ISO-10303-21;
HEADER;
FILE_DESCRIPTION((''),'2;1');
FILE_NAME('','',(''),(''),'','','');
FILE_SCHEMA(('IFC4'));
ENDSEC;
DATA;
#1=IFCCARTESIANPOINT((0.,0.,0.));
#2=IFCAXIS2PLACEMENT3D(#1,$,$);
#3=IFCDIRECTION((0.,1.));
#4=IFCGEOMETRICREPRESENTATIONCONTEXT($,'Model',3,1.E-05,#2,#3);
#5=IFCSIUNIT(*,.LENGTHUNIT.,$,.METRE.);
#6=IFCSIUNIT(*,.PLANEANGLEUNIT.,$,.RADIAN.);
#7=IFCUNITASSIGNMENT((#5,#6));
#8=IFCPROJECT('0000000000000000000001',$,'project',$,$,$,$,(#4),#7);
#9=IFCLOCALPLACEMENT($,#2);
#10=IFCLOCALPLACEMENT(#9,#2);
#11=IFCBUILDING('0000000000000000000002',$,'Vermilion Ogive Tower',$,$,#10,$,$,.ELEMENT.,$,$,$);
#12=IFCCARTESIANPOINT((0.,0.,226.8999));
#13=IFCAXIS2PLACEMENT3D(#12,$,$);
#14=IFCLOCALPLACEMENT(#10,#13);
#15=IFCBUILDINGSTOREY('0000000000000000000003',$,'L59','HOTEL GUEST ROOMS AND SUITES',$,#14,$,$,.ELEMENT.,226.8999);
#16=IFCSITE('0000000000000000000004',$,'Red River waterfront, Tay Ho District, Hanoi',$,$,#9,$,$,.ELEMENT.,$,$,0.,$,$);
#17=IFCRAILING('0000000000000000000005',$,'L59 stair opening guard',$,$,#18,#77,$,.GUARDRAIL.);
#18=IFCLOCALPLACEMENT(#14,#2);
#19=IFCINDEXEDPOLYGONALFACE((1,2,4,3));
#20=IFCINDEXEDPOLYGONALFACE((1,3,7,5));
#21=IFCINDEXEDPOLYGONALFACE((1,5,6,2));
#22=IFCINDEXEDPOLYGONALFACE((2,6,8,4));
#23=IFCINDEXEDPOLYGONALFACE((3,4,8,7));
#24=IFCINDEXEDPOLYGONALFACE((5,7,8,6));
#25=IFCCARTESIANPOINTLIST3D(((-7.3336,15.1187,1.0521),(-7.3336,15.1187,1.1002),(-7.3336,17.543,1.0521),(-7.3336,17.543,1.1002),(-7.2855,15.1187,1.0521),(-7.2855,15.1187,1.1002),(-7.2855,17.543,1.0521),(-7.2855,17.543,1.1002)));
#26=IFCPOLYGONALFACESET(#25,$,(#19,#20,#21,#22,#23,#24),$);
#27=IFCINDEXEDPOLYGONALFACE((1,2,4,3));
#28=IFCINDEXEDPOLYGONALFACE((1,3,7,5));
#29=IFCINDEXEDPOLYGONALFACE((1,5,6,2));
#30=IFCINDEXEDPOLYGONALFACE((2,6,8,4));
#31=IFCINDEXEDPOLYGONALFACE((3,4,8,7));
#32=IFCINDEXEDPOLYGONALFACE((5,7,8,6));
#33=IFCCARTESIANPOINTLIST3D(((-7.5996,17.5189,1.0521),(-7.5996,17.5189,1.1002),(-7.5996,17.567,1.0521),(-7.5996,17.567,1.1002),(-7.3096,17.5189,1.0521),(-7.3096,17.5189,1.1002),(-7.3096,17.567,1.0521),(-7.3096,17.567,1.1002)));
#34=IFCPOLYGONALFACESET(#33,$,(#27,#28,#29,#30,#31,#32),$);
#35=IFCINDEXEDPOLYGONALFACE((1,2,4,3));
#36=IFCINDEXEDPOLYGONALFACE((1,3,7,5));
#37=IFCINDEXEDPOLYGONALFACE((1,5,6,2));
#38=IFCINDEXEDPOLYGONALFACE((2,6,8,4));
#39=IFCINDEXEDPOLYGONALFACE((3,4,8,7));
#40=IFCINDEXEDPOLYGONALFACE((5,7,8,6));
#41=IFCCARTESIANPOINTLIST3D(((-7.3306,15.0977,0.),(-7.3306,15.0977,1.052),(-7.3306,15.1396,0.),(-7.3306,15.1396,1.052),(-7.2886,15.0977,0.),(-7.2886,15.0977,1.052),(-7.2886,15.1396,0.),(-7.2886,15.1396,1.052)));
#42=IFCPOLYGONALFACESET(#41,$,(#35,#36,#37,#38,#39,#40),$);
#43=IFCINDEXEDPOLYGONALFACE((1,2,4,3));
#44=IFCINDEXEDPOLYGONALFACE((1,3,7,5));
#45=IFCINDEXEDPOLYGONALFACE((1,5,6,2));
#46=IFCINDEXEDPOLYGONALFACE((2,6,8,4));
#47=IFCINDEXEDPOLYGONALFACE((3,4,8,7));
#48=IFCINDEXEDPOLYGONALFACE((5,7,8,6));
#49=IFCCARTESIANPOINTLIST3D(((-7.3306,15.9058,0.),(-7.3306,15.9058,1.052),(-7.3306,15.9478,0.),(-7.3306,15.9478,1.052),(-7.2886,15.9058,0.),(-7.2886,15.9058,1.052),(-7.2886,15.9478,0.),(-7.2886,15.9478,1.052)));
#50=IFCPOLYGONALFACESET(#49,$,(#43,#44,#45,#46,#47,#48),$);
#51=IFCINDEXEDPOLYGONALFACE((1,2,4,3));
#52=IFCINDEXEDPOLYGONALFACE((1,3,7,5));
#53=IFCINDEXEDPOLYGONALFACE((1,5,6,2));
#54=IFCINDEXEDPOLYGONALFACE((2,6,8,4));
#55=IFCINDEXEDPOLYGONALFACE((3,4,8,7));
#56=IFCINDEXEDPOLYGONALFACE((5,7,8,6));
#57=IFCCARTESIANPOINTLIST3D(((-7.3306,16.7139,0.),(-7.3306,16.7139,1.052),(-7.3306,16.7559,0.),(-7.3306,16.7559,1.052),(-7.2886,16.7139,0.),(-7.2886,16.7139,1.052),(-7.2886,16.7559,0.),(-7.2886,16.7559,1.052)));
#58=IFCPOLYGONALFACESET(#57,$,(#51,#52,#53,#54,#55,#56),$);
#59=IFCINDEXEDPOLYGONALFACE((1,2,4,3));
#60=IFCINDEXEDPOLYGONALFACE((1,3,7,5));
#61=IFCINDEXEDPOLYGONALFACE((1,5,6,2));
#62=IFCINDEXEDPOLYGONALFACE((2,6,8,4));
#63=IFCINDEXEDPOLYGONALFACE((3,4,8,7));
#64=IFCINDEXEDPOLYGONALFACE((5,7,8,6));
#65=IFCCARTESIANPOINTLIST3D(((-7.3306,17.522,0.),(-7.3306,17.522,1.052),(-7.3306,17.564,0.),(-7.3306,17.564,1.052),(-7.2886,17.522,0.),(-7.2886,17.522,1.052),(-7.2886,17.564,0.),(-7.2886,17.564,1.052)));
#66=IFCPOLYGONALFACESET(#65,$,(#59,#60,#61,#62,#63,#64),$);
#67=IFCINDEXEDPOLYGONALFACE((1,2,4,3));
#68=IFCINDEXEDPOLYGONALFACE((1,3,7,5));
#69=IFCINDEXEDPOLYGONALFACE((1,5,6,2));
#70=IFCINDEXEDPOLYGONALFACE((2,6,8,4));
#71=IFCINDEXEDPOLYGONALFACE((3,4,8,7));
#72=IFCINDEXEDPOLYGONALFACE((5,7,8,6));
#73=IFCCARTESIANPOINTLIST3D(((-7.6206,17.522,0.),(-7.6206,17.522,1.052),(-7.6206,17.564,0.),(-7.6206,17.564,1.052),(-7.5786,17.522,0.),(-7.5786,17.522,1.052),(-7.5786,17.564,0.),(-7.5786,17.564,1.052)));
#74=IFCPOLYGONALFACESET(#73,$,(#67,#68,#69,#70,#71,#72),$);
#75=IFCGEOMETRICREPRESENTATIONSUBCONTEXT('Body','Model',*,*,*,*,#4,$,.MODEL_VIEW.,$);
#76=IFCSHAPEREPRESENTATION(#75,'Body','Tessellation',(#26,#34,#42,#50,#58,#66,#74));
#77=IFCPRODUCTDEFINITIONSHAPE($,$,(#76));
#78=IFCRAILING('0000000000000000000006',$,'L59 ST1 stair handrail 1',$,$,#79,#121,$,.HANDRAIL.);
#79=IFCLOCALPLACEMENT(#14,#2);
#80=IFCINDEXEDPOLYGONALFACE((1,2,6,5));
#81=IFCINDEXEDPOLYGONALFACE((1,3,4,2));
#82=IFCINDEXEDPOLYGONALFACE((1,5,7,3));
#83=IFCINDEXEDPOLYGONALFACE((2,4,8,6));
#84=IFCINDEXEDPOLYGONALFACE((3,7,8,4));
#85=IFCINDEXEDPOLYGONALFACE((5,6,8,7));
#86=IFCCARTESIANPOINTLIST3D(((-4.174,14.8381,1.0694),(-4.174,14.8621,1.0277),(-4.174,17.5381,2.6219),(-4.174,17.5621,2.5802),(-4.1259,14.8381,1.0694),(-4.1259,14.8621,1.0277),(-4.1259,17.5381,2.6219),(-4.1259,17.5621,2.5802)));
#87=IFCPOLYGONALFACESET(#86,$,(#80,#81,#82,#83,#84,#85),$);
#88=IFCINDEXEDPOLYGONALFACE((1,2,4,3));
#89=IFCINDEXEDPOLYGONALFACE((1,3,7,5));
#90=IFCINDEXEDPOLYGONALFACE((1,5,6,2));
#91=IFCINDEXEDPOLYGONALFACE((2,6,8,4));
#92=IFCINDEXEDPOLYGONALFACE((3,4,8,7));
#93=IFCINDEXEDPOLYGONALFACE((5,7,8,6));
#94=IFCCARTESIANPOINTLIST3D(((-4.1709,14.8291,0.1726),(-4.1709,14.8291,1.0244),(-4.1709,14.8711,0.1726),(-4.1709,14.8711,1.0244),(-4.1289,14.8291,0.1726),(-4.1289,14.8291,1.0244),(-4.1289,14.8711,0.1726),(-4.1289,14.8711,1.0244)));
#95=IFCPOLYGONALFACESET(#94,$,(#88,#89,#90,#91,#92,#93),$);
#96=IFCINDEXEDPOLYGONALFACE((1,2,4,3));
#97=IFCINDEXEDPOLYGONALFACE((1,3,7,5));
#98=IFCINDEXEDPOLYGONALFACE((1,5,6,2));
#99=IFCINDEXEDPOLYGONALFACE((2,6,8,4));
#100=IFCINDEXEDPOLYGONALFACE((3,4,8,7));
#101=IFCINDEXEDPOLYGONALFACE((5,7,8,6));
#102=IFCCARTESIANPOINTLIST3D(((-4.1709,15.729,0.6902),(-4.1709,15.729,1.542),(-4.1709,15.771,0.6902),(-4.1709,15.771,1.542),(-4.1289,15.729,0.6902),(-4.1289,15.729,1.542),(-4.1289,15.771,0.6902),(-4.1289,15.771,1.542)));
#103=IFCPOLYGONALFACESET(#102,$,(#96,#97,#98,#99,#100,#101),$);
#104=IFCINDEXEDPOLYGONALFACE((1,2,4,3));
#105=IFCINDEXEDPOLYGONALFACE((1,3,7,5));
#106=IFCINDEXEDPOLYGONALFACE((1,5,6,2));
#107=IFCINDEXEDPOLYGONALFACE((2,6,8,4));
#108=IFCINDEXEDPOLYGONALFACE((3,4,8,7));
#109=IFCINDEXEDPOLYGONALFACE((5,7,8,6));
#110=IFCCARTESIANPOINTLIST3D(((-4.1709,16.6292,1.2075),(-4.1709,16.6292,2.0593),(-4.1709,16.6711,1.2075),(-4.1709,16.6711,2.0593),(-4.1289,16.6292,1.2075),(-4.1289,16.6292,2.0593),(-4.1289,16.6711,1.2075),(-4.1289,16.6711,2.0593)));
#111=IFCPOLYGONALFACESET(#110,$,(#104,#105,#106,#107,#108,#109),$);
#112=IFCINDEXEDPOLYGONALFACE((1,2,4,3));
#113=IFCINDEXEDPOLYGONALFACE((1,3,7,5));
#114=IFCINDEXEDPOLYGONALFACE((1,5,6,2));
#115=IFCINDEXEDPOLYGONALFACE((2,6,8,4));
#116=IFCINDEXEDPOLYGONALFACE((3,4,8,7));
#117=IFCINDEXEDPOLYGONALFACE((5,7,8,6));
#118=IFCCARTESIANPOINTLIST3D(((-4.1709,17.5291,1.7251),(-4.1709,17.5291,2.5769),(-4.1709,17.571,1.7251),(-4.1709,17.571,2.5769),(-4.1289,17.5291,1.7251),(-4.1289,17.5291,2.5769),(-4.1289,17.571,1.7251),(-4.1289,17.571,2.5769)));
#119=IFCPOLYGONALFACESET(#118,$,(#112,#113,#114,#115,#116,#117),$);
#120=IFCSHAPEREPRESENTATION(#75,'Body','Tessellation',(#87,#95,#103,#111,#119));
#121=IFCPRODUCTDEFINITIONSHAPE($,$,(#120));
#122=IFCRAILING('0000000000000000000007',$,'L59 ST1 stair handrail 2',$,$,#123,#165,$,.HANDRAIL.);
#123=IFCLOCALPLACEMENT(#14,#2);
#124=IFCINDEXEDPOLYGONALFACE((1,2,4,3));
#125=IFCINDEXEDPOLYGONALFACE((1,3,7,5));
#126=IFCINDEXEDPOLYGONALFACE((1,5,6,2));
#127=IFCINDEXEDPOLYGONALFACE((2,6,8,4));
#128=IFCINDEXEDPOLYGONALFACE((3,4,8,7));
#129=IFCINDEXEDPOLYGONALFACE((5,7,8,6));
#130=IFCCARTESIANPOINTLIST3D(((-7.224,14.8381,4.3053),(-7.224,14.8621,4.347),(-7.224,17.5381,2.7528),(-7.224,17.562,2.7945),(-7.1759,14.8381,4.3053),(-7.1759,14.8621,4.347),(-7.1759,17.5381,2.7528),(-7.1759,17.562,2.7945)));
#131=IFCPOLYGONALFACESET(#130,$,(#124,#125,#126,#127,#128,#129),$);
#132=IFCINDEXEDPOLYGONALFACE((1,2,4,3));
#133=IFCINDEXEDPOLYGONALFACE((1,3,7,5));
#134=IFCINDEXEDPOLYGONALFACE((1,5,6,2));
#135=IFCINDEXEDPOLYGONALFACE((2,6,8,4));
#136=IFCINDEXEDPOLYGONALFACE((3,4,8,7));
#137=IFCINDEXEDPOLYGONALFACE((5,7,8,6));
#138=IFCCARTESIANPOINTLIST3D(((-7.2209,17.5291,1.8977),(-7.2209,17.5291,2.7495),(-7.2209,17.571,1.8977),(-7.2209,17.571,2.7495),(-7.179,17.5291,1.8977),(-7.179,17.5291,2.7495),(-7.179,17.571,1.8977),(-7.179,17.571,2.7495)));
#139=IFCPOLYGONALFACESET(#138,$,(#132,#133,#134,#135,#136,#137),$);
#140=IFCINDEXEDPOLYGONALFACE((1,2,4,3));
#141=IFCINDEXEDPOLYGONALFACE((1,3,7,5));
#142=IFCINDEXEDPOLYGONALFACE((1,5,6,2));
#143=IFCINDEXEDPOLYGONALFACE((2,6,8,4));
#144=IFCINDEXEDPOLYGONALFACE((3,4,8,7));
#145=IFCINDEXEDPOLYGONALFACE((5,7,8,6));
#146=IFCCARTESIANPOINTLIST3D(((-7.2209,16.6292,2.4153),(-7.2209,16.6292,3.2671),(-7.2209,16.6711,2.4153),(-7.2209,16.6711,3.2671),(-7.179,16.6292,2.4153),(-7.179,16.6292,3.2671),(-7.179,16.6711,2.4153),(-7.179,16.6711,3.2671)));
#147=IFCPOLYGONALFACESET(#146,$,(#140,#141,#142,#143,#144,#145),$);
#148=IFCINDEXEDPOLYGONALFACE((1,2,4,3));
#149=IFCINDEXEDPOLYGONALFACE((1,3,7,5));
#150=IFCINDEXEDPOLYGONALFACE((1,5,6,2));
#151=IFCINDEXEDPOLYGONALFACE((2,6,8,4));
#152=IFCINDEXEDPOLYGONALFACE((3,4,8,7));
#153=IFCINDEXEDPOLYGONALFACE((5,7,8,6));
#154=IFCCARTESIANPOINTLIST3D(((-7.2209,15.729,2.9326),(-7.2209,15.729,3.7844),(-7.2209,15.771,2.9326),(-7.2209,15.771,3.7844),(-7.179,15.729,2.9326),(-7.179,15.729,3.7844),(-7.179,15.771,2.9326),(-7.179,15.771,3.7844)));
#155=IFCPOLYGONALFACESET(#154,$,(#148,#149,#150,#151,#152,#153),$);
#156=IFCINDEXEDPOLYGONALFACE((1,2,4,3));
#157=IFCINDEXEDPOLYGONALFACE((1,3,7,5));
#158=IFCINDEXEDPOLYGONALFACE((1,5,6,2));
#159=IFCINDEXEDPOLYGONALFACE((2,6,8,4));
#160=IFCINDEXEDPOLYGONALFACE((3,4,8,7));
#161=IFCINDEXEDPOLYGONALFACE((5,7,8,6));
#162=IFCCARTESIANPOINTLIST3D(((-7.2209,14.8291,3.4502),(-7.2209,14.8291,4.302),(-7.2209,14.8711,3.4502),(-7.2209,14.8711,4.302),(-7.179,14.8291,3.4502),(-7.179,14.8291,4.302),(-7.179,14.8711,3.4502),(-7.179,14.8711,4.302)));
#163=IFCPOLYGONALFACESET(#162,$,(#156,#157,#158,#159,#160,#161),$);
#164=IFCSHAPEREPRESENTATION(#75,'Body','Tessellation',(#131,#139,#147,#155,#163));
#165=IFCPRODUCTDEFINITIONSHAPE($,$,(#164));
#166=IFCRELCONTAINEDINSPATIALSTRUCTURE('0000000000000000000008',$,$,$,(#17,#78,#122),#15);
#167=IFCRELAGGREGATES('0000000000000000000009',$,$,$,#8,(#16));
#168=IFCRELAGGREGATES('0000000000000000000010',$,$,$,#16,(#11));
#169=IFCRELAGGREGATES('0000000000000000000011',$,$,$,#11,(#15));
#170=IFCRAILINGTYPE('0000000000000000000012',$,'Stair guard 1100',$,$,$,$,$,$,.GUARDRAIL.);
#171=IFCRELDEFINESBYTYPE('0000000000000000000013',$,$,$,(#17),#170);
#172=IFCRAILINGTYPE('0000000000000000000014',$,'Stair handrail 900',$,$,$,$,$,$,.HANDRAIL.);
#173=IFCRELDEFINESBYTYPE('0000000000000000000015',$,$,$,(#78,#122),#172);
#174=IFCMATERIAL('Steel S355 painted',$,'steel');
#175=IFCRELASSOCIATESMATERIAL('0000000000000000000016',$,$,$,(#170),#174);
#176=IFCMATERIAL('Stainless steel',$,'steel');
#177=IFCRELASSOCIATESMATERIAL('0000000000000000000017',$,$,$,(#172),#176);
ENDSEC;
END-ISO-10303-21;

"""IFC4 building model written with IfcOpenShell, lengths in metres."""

from ifc_helpers import new_model, si_unit, direction, frame, origin, origin_2d, place, context, subcontext, project, spatial, rectangle, extrude, material, type_object, element, save


model = new_model("IFC4")

# Units and contexts
model_context = context("Model", 3, precision=1e-05, world=origin(), true_north=direction((0.0, 1.0)))
body_context = subcontext(model_context, "Body", "Model", "MODEL_VIEW")
ifc_project = project(units=[si_unit("LENGTHUNIT", "METRE"), si_unit("PLANEANGLEUNIT", "RADIAN")], contexts=[model_context])

# Site, building, storey
site_placement = place(None, origin())
site = spatial("IfcSite", under=ifc_project, at=site_placement, Name="Red River waterfront, Tay Ho District, Hanoi", CompositionType="ELEMENT", RefElevation=0.0)
building_placement = place(site_placement, origin())
building = spatial("IfcBuilding", under=site, at=building_placement, Name="Vermilion Ogive Tower", CompositionType="ELEMENT")
storey_placement = place(building_placement, frame((0.0, 0.0, 226.8999)))
storey = spatial("IfcBuildingStorey", under=building, at=storey_placement, Name="L59", Description="HOTEL GUEST ROOMS AND SUITES", CompositionType="ELEMENT", Elevation=226.8999)

# Railings
ifc_material_1 = material(Name="Steel S355 painted", Category="steel")
railing_type_1 = type_object("IfcRailingType", Name="Stair guard 1100", PredefinedType="GUARDRAIL", material=ifc_material_1)
railing_1_placement = place(storey_placement, frame((-7.3096, 15.1187, 0.0)))
element("IfcRailing", 1, at=railing_1_placement, inside=storey, type_object=railing_type_1, Name="L59 stair opening guard", PredefinedType="GUARDRAIL", context=body_context, shape_type="SweptSolid", body=[
    extrude(rectangle(XDim=0.0481, YDim=0.0481, at=origin_2d()), frame((0.0, 0.0, 1.0762), z_axis=(0.0, 1.0, 0.0), x_axis=(-1.0, 0.0, 0.0)), (0.0, 0.0, 1.0), 2.4243),
    extrude(rectangle(XDim=0.0481, YDim=0.0481, at=origin_2d()), frame((0.0, 2.4243, 1.0762), z_axis=(-1.0, 0.0, 0.0), x_axis=(0.0, -1.0, 0.0)), (0.0, 0.0, 1.0), 0.29),
    extrude(rectangle(XDim=0.042, YDim=0.042, at=origin_2d()), origin(), (0.0, 0.0, 1.0), 1.052),
    extrude(rectangle(XDim=0.042, YDim=0.042, at=origin_2d()), frame((0.0, 0.8081, 0.0)), (0.0, 0.0, 1.0), 1.052),
    extrude(rectangle(XDim=0.042, YDim=0.042, at=origin_2d()), frame((0.0, 1.6162, 0.0)), (0.0, 0.0, 1.0), 1.052),
    extrude(rectangle(XDim=0.042, YDim=0.042, at=origin_2d()), frame((0.0, 2.4243, 0.0)), (0.0, 0.0, 1.0), 1.052),
    extrude(rectangle(XDim=0.042, YDim=0.042, at=origin_2d()), frame((-0.29, 2.4243, 0.0)), (0.0, 0.0, 1.0), 1.052),
])
ifc_material_2 = material(Name="Stainless steel", Category="steel")
railing_type_2 = type_object("IfcRailingType", Name="Stair handrail 900", PredefinedType="HANDRAIL", material=ifc_material_2)
railing_2_placement = place(storey_placement, frame((-4.1499, 14.8501, 0.1726)))
element("IfcRailing", 2, at=railing_2_placement, inside=storey, type_object=railing_type_2, Name="L59 ST1 stair handrail 1", PredefinedType="HANDRAIL", context=body_context, shape_type="SweptSolid", body=[
    extrude(rectangle(XDim=0.0481, YDim=0.0481, at=origin_2d()), frame((0.0, 0.0, 0.876), z_axis=(0.0, 0.866904, 0.498476), x_axis=(-1.0, 0.0, 0.0)), (0.0, 0.0, 1.0), 3.1145),
    extrude(rectangle(XDim=0.042, YDim=0.042, at=origin_2d()), origin(), (0.0, 0.0, 1.0), 0.8518),
    extrude(rectangle(XDim=0.042, YDim=0.042, at=origin_2d()), frame((0.0, 0.8999, 0.5176)), (0.0, 0.0, 1.0), 0.8518),
    extrude(rectangle(XDim=0.042, YDim=0.042, at=origin_2d()), frame((0.0, 1.8, 1.0349)), (0.0, 0.0, 1.0), 0.8518),
    extrude(rectangle(XDim=0.042, YDim=0.042, at=origin_2d()), frame((0.0, 2.7, 1.5525)), (0.0, 0.0, 1.0), 0.8518),
])
railing_3_placement = place(storey_placement, frame((-7.2, 17.55, 1.8977)))
element("IfcRailing", 3, at=railing_3_placement, inside=storey, type_object=railing_type_2, Name="L59 ST1 stair handrail 2", PredefinedType="HANDRAIL", context=body_context, shape_type="SweptSolid", body=[
    extrude(rectangle(XDim=0.0481, YDim=0.0481, at=origin_2d()), frame((0.0, 0.0, 0.876), z_axis=(0.0, -0.866904, 0.498476), x_axis=(1.0, 0.0, 0.0)), (0.0, 0.0, 1.0), 3.1145),
    extrude(rectangle(XDim=0.042, YDim=0.042, at=origin_2d()), origin(), (0.0, 0.0, 1.0), 0.8518),
    extrude(rectangle(XDim=0.042, YDim=0.042, at=origin_2d()), frame((0.0, -0.8999, 0.5176)), (0.0, 0.0, 1.0), 0.8518),
    extrude(rectangle(XDim=0.042, YDim=0.042, at=origin_2d()), frame((0.0, -1.8, 1.0349)), (0.0, 0.0, 1.0), 0.8518),
    extrude(rectangle(XDim=0.042, YDim=0.042, at=origin_2d()), frame((0.0, -2.7, 1.5525)), (0.0, 0.0, 1.0), 0.8518),
])

save(model, "model.ifc")
